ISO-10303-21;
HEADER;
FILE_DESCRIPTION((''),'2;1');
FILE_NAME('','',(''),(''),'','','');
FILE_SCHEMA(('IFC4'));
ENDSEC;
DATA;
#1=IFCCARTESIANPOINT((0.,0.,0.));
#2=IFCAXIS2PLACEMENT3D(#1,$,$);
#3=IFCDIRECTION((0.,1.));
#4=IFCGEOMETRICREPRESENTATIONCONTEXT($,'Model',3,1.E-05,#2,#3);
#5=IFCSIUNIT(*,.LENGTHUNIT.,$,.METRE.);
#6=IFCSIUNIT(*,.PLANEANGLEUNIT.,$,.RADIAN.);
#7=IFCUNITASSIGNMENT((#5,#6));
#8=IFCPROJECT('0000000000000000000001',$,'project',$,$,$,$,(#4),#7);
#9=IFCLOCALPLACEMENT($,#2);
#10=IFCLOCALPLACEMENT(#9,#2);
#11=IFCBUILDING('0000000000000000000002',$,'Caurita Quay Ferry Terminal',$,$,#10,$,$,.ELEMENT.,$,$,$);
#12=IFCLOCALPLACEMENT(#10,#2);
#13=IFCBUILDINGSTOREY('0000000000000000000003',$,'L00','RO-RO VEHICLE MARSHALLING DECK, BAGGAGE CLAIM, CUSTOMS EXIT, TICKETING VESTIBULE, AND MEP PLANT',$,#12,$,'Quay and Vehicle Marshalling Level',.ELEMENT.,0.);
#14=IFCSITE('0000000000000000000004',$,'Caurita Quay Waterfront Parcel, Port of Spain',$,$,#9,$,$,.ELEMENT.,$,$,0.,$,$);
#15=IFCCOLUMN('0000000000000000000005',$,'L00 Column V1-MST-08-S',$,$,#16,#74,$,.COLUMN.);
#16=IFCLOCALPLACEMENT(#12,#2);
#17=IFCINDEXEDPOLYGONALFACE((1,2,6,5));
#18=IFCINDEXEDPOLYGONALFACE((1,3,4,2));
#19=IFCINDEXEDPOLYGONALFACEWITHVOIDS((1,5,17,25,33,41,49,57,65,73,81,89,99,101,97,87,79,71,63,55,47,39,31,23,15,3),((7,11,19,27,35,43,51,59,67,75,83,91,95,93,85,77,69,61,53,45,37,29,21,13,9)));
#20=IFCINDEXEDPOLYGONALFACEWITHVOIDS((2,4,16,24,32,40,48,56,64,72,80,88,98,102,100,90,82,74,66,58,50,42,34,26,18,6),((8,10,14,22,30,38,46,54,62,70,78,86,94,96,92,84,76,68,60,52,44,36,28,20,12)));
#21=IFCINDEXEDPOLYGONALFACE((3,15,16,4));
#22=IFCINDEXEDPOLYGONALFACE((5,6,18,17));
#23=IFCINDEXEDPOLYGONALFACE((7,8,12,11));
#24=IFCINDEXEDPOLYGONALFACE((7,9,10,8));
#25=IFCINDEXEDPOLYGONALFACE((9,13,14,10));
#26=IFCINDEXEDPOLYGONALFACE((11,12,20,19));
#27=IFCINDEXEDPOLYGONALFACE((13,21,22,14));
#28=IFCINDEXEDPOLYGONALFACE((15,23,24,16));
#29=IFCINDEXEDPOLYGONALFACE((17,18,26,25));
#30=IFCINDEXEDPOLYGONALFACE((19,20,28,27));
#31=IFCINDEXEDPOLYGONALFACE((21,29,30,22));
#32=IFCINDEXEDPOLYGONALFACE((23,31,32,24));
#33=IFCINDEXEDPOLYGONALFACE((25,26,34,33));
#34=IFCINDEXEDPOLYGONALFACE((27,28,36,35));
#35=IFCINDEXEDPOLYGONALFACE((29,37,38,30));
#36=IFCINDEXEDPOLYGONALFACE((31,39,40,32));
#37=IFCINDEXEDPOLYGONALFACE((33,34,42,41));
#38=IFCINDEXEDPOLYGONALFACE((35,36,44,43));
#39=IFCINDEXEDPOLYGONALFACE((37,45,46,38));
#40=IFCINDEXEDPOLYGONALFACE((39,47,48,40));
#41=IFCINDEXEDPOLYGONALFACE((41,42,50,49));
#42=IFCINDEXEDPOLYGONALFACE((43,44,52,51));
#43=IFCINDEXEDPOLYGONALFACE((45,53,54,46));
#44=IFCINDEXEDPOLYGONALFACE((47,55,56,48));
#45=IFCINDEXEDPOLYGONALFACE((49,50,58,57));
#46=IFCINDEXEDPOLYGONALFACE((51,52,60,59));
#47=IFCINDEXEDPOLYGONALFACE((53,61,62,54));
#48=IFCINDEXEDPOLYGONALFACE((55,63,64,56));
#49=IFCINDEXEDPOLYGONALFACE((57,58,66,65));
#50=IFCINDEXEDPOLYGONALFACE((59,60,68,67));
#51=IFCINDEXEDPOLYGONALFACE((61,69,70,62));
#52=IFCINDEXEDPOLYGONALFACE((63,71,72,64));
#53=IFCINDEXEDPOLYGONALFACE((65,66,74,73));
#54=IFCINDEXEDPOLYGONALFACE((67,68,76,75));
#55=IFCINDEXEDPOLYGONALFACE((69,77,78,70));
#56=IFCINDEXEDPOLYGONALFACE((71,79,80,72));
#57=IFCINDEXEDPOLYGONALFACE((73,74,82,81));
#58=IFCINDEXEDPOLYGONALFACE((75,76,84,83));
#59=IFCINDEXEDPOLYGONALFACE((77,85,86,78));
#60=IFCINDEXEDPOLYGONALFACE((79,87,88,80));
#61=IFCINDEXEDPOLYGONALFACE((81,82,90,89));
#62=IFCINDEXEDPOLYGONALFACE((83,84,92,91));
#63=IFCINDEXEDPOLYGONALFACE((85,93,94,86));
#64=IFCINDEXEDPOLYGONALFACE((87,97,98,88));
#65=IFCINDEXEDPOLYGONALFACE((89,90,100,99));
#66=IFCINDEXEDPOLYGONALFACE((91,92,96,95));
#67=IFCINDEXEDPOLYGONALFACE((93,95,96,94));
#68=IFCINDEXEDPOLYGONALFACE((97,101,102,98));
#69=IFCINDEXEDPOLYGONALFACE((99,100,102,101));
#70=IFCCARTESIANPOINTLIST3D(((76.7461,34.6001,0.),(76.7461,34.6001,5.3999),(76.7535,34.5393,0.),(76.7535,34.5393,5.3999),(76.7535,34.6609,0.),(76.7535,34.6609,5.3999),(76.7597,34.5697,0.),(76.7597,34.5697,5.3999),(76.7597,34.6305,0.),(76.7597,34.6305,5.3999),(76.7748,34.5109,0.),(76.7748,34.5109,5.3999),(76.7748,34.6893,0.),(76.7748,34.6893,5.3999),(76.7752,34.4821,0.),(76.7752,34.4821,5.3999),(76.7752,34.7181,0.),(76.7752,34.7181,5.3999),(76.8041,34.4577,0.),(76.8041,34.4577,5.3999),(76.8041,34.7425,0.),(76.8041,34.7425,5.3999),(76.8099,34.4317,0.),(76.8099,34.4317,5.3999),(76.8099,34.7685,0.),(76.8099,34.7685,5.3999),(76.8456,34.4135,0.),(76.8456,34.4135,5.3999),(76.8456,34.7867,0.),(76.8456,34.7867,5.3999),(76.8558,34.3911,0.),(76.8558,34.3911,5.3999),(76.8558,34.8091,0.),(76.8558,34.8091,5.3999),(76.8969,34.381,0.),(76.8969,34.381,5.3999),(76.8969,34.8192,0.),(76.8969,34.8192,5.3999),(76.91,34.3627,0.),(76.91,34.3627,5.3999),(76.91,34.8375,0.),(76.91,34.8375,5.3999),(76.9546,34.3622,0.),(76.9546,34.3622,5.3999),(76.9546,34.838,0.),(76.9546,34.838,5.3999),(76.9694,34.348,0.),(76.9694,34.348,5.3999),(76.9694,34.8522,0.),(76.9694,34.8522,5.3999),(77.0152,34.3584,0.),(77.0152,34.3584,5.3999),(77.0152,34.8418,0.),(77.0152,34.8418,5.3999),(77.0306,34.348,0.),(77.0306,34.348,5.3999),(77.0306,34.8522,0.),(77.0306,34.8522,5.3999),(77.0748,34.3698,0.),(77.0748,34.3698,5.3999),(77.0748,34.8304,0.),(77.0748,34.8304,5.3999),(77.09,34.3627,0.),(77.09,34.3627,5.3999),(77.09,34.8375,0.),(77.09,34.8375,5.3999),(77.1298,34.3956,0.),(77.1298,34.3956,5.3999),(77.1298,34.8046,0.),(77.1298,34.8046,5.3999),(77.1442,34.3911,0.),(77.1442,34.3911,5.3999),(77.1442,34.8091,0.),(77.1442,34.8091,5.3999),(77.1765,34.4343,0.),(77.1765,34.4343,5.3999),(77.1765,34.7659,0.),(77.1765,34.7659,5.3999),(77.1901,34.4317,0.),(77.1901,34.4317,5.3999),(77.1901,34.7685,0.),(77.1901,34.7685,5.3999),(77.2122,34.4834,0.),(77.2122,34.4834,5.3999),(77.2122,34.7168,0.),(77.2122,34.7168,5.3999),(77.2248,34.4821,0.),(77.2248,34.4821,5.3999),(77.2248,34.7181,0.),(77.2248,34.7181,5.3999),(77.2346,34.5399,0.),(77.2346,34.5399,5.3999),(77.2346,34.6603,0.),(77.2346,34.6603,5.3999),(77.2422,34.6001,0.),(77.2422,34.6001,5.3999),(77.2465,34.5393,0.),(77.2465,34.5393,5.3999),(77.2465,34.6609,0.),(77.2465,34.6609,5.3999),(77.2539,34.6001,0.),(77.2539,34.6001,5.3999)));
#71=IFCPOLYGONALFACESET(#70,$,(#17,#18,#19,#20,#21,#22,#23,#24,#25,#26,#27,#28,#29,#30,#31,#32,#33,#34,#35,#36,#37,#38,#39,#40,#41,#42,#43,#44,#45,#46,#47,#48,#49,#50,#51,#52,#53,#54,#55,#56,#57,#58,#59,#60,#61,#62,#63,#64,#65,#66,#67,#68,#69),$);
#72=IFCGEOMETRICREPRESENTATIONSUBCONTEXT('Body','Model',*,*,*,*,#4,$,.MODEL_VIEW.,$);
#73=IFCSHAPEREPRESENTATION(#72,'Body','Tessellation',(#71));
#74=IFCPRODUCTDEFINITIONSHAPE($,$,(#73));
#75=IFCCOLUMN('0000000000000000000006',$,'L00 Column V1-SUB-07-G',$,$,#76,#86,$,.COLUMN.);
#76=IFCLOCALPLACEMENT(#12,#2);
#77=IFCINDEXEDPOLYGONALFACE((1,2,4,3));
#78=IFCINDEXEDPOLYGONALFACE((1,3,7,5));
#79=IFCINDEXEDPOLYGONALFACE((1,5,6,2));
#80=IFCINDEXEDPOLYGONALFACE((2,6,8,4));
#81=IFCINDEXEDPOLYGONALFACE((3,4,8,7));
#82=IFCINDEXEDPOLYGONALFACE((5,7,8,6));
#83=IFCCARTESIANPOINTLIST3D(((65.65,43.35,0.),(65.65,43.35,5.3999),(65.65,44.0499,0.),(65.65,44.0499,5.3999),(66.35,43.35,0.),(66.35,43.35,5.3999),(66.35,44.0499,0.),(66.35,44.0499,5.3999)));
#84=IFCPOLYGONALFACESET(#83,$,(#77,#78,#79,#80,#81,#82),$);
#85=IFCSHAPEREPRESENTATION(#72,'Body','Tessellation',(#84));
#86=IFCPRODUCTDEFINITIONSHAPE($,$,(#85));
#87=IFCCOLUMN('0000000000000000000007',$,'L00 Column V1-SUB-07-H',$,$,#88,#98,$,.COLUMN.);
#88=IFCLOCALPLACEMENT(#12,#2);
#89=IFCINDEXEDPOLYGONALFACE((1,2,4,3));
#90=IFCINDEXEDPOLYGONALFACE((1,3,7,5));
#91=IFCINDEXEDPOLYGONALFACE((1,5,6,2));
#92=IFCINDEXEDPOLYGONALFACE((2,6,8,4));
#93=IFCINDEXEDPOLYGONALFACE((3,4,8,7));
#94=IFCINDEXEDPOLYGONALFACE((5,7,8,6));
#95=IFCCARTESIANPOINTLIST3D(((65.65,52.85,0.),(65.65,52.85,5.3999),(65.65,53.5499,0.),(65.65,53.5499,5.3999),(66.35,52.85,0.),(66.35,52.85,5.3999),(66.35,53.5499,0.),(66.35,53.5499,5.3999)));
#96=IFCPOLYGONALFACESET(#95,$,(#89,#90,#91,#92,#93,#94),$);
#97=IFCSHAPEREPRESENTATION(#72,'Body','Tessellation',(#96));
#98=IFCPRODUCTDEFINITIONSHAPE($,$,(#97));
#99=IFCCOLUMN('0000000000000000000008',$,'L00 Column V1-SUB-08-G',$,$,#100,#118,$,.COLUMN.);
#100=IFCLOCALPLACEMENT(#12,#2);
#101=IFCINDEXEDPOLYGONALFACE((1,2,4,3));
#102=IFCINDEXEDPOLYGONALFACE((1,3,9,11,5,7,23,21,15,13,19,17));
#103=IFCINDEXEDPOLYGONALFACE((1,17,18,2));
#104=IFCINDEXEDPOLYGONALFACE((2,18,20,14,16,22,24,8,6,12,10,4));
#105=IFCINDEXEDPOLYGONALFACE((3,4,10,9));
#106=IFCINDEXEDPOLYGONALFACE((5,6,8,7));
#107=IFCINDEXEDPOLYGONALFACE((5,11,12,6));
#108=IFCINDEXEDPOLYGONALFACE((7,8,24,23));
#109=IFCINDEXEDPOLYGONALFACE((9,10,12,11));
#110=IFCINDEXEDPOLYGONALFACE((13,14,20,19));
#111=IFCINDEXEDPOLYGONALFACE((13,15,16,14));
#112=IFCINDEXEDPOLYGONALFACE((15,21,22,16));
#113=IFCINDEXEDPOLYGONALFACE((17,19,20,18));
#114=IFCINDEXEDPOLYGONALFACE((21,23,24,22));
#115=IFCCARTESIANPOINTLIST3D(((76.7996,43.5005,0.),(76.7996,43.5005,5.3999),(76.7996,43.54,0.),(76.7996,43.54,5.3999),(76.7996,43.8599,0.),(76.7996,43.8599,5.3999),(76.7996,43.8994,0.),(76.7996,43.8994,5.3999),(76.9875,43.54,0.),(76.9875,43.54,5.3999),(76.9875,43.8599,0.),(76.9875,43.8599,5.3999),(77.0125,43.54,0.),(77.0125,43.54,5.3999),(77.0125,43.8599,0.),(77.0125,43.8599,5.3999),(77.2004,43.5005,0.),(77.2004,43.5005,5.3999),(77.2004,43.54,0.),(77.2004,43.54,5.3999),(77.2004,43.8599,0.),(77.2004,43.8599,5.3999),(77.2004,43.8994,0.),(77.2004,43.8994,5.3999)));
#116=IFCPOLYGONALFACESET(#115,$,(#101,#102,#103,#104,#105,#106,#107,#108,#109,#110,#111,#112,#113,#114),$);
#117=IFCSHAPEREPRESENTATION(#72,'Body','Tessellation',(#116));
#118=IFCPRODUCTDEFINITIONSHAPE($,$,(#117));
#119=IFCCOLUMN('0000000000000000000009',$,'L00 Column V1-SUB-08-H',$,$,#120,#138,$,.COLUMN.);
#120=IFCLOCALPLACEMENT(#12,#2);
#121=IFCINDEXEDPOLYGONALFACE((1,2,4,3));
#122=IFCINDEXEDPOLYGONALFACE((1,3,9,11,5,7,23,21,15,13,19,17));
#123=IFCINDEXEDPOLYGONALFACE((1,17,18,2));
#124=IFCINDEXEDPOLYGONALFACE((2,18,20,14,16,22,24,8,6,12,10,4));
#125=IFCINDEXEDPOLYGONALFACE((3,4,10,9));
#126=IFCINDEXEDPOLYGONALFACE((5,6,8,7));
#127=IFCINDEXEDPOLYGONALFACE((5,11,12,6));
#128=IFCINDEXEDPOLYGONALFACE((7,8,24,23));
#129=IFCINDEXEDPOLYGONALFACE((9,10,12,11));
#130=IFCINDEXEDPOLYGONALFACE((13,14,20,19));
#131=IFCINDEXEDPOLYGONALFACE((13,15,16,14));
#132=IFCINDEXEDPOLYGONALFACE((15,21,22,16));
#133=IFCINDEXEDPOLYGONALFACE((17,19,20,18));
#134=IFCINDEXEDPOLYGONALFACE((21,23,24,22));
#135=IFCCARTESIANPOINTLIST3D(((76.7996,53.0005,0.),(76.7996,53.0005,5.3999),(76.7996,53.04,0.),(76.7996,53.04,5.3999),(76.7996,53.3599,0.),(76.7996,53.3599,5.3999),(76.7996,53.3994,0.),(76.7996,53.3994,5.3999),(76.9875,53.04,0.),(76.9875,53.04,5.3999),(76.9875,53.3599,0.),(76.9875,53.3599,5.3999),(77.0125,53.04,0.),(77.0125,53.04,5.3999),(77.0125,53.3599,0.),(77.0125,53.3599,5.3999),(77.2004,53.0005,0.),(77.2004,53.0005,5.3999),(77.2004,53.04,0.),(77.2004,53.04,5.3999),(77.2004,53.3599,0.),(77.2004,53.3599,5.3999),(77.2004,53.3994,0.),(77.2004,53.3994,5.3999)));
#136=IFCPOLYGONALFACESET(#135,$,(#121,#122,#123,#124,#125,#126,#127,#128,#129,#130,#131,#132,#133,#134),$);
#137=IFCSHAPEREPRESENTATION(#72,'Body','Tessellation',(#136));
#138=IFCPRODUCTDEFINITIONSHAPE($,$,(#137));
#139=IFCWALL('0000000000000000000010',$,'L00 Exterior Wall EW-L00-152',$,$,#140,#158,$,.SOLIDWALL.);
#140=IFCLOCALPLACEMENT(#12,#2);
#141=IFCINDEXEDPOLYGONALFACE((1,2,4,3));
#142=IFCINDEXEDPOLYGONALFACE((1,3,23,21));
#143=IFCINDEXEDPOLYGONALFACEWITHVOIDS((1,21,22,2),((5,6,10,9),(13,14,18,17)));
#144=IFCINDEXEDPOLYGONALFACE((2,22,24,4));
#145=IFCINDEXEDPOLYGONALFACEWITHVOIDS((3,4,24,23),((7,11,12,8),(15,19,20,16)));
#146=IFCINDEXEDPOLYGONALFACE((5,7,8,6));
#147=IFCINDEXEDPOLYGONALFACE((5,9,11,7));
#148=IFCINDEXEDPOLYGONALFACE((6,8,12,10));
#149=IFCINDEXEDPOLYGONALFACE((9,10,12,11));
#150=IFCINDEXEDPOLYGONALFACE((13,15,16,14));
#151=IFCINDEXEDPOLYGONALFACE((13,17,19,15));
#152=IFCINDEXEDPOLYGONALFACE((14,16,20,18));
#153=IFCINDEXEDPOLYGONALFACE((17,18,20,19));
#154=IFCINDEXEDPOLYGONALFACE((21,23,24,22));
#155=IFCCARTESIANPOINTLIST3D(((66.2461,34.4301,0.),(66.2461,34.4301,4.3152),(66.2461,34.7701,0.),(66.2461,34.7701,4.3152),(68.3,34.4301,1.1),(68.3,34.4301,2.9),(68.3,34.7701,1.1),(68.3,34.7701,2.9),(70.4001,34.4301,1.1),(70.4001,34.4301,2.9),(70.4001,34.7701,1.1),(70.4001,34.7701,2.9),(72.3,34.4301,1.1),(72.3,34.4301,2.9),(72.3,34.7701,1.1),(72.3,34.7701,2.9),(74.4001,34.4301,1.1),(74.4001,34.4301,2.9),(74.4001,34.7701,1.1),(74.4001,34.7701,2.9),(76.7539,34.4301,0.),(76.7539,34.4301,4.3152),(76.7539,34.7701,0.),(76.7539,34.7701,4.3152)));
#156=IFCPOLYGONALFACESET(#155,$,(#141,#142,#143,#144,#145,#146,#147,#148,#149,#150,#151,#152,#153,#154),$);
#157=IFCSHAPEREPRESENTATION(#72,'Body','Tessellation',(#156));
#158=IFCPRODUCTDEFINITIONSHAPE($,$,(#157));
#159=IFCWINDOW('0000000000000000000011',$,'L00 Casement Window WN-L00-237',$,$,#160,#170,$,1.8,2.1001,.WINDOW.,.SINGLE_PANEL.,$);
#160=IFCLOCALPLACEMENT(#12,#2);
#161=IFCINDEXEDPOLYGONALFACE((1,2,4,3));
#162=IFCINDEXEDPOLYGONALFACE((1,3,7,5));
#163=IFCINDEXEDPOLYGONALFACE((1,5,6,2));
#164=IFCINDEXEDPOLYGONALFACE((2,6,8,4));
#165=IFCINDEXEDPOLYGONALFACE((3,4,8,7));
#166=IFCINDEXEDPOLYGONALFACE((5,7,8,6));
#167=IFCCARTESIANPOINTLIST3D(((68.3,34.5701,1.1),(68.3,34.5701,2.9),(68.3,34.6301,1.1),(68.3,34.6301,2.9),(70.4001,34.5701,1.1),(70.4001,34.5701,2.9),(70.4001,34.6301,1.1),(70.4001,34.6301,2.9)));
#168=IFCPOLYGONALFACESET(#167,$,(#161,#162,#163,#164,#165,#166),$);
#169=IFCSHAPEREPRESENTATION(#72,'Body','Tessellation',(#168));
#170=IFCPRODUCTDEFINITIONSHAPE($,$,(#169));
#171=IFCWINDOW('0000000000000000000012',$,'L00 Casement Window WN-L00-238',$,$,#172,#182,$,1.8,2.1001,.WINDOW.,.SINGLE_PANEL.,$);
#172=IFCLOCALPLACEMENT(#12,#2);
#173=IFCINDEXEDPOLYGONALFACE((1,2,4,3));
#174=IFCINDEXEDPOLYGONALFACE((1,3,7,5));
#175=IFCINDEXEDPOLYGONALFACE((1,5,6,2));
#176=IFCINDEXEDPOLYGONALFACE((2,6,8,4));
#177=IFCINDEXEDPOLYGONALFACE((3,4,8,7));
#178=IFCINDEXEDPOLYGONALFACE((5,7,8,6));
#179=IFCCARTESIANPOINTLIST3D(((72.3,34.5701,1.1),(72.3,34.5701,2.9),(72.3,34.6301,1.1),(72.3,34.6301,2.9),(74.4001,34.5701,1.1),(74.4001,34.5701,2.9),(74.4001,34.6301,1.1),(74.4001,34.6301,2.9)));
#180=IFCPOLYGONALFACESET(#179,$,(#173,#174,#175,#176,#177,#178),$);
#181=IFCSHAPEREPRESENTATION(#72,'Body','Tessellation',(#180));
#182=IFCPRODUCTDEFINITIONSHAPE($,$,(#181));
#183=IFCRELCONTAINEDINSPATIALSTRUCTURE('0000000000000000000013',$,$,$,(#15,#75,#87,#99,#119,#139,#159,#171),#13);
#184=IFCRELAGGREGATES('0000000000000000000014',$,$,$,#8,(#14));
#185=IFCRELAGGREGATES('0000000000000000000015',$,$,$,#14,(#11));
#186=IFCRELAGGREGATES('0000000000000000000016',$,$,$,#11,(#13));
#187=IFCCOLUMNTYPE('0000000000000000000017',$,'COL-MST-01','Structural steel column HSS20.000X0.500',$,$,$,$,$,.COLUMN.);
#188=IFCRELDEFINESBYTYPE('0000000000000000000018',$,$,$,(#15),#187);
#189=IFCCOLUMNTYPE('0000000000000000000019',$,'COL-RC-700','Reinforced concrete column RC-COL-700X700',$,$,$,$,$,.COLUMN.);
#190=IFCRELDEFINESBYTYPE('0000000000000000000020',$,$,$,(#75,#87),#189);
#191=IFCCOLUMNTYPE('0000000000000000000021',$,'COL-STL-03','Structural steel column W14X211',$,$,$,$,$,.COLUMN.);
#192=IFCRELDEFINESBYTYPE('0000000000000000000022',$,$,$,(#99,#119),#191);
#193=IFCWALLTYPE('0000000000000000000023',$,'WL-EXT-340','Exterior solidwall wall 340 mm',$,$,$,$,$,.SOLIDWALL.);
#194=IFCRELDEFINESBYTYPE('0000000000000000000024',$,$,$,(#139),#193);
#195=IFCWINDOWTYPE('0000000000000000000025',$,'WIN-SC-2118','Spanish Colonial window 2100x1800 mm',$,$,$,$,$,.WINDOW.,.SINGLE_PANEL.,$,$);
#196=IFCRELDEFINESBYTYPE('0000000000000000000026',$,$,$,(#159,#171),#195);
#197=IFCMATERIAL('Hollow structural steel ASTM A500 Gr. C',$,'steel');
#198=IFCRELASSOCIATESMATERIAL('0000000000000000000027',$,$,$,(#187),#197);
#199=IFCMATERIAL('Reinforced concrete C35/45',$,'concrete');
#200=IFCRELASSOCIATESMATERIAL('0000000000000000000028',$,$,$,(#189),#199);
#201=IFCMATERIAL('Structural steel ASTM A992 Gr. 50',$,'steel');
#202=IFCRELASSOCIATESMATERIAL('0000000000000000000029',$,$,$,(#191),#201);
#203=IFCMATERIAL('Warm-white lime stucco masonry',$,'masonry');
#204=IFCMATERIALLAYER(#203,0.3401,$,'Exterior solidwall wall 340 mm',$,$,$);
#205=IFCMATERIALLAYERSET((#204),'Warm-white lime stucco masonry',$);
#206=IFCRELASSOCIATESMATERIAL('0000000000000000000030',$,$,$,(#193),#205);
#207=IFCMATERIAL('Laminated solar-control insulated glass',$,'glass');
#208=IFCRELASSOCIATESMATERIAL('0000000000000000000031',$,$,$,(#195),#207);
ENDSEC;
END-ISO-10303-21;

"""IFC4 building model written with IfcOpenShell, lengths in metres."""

from ifc_helpers import new_model, si_unit, direction, frame, frame_2d, origin, origin_2d, place, context, subcontext, project, spatial, rectangle, hollow_circle, i_section, extrude, material, layer, layer_set, material_profile, profile_set, type_object, element, fill, save


model = new_model("IFC4")

# Units and contexts
model_context = context("Model", 3, precision=1e-05, world=origin(), true_north=direction((0.0, 1.0)))
body_context = subcontext(model_context, "Body", "Model", "MODEL_VIEW")
ifc_project = project(units=[si_unit("LENGTHUNIT", "METRE"), si_unit("PLANEANGLEUNIT", "RADIAN")], contexts=[model_context])

# Site, building, storey
site_placement = place(None, origin())
site = spatial("IfcSite", under=ifc_project, at=site_placement, Name="Caurita Quay Waterfront Parcel, Port of Spain", CompositionType="ELEMENT", RefElevation=0.0)
building_placement = place(site_placement, origin())
building = spatial("IfcBuilding", under=site, at=building_placement, Name="Caurita Quay Ferry Terminal", CompositionType="ELEMENT")
storey_placement = place(building_placement, origin())
storey = spatial("IfcBuildingStorey", under=building, at=storey_placement, Name="L00", Description="RO-RO VEHICLE MARSHALLING DECK, BAGGAGE CLAIM, CUSTOMS EXIT, TICKETING VESTIBULE, AND MEP PLANT", LongName="Quay and Vehicle Marshalling Level", CompositionType="ELEMENT", Elevation=0.0)

# Columns
ifc_material_1 = material(Name="Hollow structural steel ASTM A500 Gr. C", Category="steel")
ifc_material_profile_1 = material_profile(ifc_material_1, hollow_circle(Radius=0.2539, WallThickness=0.0117, at=origin_2d()), Name="HSS20.000X0.500")
ifc_profile_set_1 = profile_set([ifc_material_profile_1], Name="Hollow structural steel ASTM A500 Gr. C")
column_type_1 = type_object("IfcColumnType", Name="COL-MST-01", Description="Structural steel column HSS20.000X0.500", PredefinedType="COLUMN", material=ifc_profile_set_1)
for number, where, z_axis, x_axis, name in (
    (1, (77.0, 34.6001, 0.0), (0.0, 0.0, 1.0), (1.0, 0.0, 0.0), "L00 Column V1-MST-08-S"),
):
    element("IfcColumn", number, at=place(storey_placement, frame(where, z_axis=z_axis, x_axis=x_axis)), inside=storey, type_object=column_type_1, Name=name, PredefinedType="COLUMN", context=body_context, shape_type="SweptSolid", body=[
        extrude(hollow_circle(Radius=0.2539, WallThickness=0.0117, at=origin_2d()), origin(), (0.0, 0.0, 1.0), 5.3999),
    ])
ifc_material_2 = material(Name="Reinforced concrete C35/45", Category="concrete")
ifc_material_profile_2 = material_profile(ifc_material_2, rectangle(XDim=0.7, YDim=0.7, at=origin_2d()), Name="RC-COL-700X700")
ifc_profile_set_2 = profile_set([ifc_material_profile_2], Name="Reinforced concrete C35/45")
column_type_2 = type_object("IfcColumnType", Name="COL-RC-700", Description="Reinforced concrete column RC-COL-700X700", PredefinedType="COLUMN", material=ifc_profile_set_2)
for number, where, z_axis, x_axis, name in (
    (2, (66.0, 43.7, 0.0), (0.0, 0.0, 1.0), (1.0, 0.0, 0.0), "L00 Column V1-SUB-07-G"),
    (3, (66.0, 53.2, 0.0), (0.0, 0.0, 1.0), (1.0, 0.0, 0.0), "L00 Column V1-SUB-07-H"),
):
    element("IfcColumn", number, at=place(storey_placement, frame(where, z_axis=z_axis, x_axis=x_axis)), inside=storey, type_object=column_type_2, Name=name, PredefinedType="COLUMN", context=body_context, shape_type="SweptSolid", body=[
        extrude(rectangle(XDim=0.7, YDim=0.7, at=origin_2d()), origin(), (0.0, 0.0, 1.0), 5.3999),
    ])
ifc_material_3 = material(Name="Structural steel ASTM A992 Gr. 50", Category="steel")
ifc_material_profile_3 = material_profile(ifc_material_3, i_section(OverallWidth=0.4009, OverallDepth=0.3989, WebThickness=0.0249, FlangeThickness=0.0396, at=origin_2d()), Name="W14X211")
ifc_profile_set_3 = profile_set([ifc_material_profile_3], Name="Structural steel ASTM A992 Gr. 50")
column_type_3 = type_object("IfcColumnType", Name="COL-STL-03", Description="Structural steel column W14X211", PredefinedType="COLUMN", material=ifc_profile_set_3)
for number, where, z_axis, x_axis, name in (
    (4, (77.0, 43.7, 0.0), (0.0, 0.0, 1.0), (1.0, 0.0, 0.0), "L00 Column V1-SUB-08-G"),
    (5, (77.0, 53.2, 0.0), (0.0, 0.0, 1.0), (1.0, 0.0, 0.0), "L00 Column V1-SUB-08-H"),
):
    element("IfcColumn", number, at=place(storey_placement, frame(where, z_axis=z_axis, x_axis=x_axis)), inside=storey, type_object=column_type_3, Name=name, PredefinedType="COLUMN", context=body_context, shape_type="SweptSolid", body=[
        extrude(i_section(OverallWidth=0.4009, OverallDepth=0.3989, WebThickness=0.0249, FlangeThickness=0.0396, at=origin_2d()), origin(), (0.0, 0.0, 1.0), 5.3999),
    ])

# Wall, openings, windows
ifc_material_4 = material(Name="Warm-white lime stucco masonry", Category="masonry")
ifc_layer = layer(ifc_material_4, 0.3401, Name="Exterior solidwall wall 340 mm")
ifc_layer_set = layer_set([ifc_layer], Name="Warm-white lime stucco masonry")
wall_type = type_object("IfcWallType", Name="WL-EXT-340", Description="Exterior solidwall wall 340 mm", PredefinedType="SOLIDWALL", material=ifc_layer_set)
wall_1_placement = place(storey_placement, frame((66.2461, 34.6001, 0.0), z_axis=(0.0, 0.0, 1.0), x_axis=(1.0, 0.0, 0.0)))
wall_1 = element("IfcWall", 6, at=wall_1_placement, inside=storey, type_object=wall_type, Name="L00 Exterior Wall EW-L00-152", PredefinedType="SOLIDWALL", context=body_context, shape_type="SweptSolid", body=[
    extrude(rectangle(XDim=10.5078, YDim=0.3401, at=frame_2d((5.2539, 0.0))), origin(), (0.0, 0.0, 1.0), 4.3152),
])
opening_1_placement = place(wall_1_placement, frame((2.054, 0.0, 1.1001)))
opening_1 = element("IfcOpeningElement", 7, at=opening_1_placement, cuts=wall_1, PredefinedType="OPENING", context=body_context, shape_type="SweptSolid", body=[
    extrude(rectangle(XDim=2.1001, YDim=1.8, at=frame_2d((1.05, 0.8999))), frame((0.0, 0.1799, 0.0), z_axis=(0.0, -1.0, 0.0), x_axis=(1.0, 0.0, 0.0)), (0.0, 0.0, 1.0), 0.3601),
])
opening_2_placement = place(wall_1_placement, frame((6.054, 0.0, 1.1001)))
opening_2 = element("IfcOpeningElement", 8, at=opening_2_placement, cuts=wall_1, PredefinedType="OPENING", context=body_context, shape_type="SweptSolid", body=[
    extrude(rectangle(XDim=2.1001, YDim=1.8, at=frame_2d((1.05, 0.8999))), frame((0.0, 0.1799, 0.0), z_axis=(0.0, -1.0, 0.0), x_axis=(1.0, 0.0, 0.0)), (0.0, 0.0, 1.0), 0.3601),
])
ifc_material_5 = material(Name="Laminated solar-control insulated glass", Category="glass")
window_type = type_object("IfcWindowType", Name="WIN-SC-2118", Description="Spanish Colonial window 2100x1800 mm", PartitioningType="SINGLE_PANEL", PredefinedType="WINDOW", material=ifc_material_5)
window_1_placement = place(opening_1_placement, origin())
window_1 = element("IfcWindow", 9, at=window_1_placement, inside=storey, type_object=window_type, Name="L00 Casement Window WN-L00-237", OverallHeight=1.8, OverallWidth=2.1001, PartitioningType="SINGLE_PANEL", PredefinedType="WINDOW", context=body_context, shape_type="SweptSolid", body=[
    extrude(rectangle(XDim=2.1001, YDim=1.8, at=frame_2d((1.05, 0.8999))), frame((0.0, 0.03, 0.0), z_axis=(0.0, -1.0, 0.0), x_axis=(1.0, 0.0, 0.0)), (0.0, 0.0, 1.0), 0.0601),
])
fill(opening_1, window_1)
window_2_placement = place(opening_2_placement, origin())
window_2 = element("IfcWindow", 10, at=window_2_placement, inside=storey, type_object=window_type, Name="L00 Casement Window WN-L00-238", OverallHeight=1.8, OverallWidth=2.1001, PartitioningType="SINGLE_PANEL", PredefinedType="WINDOW", context=body_context, shape_type="SweptSolid", body=[
    extrude(rectangle(XDim=2.1001, YDim=1.8, at=frame_2d((1.05, 0.8999))), frame((0.0, 0.03, 0.0), z_axis=(0.0, -1.0, 0.0), x_axis=(1.0, 0.0, 0.0)), (0.0, 0.0, 1.0), 0.0601),
])
fill(opening_2, window_2)

save(model, "model.ifc")
